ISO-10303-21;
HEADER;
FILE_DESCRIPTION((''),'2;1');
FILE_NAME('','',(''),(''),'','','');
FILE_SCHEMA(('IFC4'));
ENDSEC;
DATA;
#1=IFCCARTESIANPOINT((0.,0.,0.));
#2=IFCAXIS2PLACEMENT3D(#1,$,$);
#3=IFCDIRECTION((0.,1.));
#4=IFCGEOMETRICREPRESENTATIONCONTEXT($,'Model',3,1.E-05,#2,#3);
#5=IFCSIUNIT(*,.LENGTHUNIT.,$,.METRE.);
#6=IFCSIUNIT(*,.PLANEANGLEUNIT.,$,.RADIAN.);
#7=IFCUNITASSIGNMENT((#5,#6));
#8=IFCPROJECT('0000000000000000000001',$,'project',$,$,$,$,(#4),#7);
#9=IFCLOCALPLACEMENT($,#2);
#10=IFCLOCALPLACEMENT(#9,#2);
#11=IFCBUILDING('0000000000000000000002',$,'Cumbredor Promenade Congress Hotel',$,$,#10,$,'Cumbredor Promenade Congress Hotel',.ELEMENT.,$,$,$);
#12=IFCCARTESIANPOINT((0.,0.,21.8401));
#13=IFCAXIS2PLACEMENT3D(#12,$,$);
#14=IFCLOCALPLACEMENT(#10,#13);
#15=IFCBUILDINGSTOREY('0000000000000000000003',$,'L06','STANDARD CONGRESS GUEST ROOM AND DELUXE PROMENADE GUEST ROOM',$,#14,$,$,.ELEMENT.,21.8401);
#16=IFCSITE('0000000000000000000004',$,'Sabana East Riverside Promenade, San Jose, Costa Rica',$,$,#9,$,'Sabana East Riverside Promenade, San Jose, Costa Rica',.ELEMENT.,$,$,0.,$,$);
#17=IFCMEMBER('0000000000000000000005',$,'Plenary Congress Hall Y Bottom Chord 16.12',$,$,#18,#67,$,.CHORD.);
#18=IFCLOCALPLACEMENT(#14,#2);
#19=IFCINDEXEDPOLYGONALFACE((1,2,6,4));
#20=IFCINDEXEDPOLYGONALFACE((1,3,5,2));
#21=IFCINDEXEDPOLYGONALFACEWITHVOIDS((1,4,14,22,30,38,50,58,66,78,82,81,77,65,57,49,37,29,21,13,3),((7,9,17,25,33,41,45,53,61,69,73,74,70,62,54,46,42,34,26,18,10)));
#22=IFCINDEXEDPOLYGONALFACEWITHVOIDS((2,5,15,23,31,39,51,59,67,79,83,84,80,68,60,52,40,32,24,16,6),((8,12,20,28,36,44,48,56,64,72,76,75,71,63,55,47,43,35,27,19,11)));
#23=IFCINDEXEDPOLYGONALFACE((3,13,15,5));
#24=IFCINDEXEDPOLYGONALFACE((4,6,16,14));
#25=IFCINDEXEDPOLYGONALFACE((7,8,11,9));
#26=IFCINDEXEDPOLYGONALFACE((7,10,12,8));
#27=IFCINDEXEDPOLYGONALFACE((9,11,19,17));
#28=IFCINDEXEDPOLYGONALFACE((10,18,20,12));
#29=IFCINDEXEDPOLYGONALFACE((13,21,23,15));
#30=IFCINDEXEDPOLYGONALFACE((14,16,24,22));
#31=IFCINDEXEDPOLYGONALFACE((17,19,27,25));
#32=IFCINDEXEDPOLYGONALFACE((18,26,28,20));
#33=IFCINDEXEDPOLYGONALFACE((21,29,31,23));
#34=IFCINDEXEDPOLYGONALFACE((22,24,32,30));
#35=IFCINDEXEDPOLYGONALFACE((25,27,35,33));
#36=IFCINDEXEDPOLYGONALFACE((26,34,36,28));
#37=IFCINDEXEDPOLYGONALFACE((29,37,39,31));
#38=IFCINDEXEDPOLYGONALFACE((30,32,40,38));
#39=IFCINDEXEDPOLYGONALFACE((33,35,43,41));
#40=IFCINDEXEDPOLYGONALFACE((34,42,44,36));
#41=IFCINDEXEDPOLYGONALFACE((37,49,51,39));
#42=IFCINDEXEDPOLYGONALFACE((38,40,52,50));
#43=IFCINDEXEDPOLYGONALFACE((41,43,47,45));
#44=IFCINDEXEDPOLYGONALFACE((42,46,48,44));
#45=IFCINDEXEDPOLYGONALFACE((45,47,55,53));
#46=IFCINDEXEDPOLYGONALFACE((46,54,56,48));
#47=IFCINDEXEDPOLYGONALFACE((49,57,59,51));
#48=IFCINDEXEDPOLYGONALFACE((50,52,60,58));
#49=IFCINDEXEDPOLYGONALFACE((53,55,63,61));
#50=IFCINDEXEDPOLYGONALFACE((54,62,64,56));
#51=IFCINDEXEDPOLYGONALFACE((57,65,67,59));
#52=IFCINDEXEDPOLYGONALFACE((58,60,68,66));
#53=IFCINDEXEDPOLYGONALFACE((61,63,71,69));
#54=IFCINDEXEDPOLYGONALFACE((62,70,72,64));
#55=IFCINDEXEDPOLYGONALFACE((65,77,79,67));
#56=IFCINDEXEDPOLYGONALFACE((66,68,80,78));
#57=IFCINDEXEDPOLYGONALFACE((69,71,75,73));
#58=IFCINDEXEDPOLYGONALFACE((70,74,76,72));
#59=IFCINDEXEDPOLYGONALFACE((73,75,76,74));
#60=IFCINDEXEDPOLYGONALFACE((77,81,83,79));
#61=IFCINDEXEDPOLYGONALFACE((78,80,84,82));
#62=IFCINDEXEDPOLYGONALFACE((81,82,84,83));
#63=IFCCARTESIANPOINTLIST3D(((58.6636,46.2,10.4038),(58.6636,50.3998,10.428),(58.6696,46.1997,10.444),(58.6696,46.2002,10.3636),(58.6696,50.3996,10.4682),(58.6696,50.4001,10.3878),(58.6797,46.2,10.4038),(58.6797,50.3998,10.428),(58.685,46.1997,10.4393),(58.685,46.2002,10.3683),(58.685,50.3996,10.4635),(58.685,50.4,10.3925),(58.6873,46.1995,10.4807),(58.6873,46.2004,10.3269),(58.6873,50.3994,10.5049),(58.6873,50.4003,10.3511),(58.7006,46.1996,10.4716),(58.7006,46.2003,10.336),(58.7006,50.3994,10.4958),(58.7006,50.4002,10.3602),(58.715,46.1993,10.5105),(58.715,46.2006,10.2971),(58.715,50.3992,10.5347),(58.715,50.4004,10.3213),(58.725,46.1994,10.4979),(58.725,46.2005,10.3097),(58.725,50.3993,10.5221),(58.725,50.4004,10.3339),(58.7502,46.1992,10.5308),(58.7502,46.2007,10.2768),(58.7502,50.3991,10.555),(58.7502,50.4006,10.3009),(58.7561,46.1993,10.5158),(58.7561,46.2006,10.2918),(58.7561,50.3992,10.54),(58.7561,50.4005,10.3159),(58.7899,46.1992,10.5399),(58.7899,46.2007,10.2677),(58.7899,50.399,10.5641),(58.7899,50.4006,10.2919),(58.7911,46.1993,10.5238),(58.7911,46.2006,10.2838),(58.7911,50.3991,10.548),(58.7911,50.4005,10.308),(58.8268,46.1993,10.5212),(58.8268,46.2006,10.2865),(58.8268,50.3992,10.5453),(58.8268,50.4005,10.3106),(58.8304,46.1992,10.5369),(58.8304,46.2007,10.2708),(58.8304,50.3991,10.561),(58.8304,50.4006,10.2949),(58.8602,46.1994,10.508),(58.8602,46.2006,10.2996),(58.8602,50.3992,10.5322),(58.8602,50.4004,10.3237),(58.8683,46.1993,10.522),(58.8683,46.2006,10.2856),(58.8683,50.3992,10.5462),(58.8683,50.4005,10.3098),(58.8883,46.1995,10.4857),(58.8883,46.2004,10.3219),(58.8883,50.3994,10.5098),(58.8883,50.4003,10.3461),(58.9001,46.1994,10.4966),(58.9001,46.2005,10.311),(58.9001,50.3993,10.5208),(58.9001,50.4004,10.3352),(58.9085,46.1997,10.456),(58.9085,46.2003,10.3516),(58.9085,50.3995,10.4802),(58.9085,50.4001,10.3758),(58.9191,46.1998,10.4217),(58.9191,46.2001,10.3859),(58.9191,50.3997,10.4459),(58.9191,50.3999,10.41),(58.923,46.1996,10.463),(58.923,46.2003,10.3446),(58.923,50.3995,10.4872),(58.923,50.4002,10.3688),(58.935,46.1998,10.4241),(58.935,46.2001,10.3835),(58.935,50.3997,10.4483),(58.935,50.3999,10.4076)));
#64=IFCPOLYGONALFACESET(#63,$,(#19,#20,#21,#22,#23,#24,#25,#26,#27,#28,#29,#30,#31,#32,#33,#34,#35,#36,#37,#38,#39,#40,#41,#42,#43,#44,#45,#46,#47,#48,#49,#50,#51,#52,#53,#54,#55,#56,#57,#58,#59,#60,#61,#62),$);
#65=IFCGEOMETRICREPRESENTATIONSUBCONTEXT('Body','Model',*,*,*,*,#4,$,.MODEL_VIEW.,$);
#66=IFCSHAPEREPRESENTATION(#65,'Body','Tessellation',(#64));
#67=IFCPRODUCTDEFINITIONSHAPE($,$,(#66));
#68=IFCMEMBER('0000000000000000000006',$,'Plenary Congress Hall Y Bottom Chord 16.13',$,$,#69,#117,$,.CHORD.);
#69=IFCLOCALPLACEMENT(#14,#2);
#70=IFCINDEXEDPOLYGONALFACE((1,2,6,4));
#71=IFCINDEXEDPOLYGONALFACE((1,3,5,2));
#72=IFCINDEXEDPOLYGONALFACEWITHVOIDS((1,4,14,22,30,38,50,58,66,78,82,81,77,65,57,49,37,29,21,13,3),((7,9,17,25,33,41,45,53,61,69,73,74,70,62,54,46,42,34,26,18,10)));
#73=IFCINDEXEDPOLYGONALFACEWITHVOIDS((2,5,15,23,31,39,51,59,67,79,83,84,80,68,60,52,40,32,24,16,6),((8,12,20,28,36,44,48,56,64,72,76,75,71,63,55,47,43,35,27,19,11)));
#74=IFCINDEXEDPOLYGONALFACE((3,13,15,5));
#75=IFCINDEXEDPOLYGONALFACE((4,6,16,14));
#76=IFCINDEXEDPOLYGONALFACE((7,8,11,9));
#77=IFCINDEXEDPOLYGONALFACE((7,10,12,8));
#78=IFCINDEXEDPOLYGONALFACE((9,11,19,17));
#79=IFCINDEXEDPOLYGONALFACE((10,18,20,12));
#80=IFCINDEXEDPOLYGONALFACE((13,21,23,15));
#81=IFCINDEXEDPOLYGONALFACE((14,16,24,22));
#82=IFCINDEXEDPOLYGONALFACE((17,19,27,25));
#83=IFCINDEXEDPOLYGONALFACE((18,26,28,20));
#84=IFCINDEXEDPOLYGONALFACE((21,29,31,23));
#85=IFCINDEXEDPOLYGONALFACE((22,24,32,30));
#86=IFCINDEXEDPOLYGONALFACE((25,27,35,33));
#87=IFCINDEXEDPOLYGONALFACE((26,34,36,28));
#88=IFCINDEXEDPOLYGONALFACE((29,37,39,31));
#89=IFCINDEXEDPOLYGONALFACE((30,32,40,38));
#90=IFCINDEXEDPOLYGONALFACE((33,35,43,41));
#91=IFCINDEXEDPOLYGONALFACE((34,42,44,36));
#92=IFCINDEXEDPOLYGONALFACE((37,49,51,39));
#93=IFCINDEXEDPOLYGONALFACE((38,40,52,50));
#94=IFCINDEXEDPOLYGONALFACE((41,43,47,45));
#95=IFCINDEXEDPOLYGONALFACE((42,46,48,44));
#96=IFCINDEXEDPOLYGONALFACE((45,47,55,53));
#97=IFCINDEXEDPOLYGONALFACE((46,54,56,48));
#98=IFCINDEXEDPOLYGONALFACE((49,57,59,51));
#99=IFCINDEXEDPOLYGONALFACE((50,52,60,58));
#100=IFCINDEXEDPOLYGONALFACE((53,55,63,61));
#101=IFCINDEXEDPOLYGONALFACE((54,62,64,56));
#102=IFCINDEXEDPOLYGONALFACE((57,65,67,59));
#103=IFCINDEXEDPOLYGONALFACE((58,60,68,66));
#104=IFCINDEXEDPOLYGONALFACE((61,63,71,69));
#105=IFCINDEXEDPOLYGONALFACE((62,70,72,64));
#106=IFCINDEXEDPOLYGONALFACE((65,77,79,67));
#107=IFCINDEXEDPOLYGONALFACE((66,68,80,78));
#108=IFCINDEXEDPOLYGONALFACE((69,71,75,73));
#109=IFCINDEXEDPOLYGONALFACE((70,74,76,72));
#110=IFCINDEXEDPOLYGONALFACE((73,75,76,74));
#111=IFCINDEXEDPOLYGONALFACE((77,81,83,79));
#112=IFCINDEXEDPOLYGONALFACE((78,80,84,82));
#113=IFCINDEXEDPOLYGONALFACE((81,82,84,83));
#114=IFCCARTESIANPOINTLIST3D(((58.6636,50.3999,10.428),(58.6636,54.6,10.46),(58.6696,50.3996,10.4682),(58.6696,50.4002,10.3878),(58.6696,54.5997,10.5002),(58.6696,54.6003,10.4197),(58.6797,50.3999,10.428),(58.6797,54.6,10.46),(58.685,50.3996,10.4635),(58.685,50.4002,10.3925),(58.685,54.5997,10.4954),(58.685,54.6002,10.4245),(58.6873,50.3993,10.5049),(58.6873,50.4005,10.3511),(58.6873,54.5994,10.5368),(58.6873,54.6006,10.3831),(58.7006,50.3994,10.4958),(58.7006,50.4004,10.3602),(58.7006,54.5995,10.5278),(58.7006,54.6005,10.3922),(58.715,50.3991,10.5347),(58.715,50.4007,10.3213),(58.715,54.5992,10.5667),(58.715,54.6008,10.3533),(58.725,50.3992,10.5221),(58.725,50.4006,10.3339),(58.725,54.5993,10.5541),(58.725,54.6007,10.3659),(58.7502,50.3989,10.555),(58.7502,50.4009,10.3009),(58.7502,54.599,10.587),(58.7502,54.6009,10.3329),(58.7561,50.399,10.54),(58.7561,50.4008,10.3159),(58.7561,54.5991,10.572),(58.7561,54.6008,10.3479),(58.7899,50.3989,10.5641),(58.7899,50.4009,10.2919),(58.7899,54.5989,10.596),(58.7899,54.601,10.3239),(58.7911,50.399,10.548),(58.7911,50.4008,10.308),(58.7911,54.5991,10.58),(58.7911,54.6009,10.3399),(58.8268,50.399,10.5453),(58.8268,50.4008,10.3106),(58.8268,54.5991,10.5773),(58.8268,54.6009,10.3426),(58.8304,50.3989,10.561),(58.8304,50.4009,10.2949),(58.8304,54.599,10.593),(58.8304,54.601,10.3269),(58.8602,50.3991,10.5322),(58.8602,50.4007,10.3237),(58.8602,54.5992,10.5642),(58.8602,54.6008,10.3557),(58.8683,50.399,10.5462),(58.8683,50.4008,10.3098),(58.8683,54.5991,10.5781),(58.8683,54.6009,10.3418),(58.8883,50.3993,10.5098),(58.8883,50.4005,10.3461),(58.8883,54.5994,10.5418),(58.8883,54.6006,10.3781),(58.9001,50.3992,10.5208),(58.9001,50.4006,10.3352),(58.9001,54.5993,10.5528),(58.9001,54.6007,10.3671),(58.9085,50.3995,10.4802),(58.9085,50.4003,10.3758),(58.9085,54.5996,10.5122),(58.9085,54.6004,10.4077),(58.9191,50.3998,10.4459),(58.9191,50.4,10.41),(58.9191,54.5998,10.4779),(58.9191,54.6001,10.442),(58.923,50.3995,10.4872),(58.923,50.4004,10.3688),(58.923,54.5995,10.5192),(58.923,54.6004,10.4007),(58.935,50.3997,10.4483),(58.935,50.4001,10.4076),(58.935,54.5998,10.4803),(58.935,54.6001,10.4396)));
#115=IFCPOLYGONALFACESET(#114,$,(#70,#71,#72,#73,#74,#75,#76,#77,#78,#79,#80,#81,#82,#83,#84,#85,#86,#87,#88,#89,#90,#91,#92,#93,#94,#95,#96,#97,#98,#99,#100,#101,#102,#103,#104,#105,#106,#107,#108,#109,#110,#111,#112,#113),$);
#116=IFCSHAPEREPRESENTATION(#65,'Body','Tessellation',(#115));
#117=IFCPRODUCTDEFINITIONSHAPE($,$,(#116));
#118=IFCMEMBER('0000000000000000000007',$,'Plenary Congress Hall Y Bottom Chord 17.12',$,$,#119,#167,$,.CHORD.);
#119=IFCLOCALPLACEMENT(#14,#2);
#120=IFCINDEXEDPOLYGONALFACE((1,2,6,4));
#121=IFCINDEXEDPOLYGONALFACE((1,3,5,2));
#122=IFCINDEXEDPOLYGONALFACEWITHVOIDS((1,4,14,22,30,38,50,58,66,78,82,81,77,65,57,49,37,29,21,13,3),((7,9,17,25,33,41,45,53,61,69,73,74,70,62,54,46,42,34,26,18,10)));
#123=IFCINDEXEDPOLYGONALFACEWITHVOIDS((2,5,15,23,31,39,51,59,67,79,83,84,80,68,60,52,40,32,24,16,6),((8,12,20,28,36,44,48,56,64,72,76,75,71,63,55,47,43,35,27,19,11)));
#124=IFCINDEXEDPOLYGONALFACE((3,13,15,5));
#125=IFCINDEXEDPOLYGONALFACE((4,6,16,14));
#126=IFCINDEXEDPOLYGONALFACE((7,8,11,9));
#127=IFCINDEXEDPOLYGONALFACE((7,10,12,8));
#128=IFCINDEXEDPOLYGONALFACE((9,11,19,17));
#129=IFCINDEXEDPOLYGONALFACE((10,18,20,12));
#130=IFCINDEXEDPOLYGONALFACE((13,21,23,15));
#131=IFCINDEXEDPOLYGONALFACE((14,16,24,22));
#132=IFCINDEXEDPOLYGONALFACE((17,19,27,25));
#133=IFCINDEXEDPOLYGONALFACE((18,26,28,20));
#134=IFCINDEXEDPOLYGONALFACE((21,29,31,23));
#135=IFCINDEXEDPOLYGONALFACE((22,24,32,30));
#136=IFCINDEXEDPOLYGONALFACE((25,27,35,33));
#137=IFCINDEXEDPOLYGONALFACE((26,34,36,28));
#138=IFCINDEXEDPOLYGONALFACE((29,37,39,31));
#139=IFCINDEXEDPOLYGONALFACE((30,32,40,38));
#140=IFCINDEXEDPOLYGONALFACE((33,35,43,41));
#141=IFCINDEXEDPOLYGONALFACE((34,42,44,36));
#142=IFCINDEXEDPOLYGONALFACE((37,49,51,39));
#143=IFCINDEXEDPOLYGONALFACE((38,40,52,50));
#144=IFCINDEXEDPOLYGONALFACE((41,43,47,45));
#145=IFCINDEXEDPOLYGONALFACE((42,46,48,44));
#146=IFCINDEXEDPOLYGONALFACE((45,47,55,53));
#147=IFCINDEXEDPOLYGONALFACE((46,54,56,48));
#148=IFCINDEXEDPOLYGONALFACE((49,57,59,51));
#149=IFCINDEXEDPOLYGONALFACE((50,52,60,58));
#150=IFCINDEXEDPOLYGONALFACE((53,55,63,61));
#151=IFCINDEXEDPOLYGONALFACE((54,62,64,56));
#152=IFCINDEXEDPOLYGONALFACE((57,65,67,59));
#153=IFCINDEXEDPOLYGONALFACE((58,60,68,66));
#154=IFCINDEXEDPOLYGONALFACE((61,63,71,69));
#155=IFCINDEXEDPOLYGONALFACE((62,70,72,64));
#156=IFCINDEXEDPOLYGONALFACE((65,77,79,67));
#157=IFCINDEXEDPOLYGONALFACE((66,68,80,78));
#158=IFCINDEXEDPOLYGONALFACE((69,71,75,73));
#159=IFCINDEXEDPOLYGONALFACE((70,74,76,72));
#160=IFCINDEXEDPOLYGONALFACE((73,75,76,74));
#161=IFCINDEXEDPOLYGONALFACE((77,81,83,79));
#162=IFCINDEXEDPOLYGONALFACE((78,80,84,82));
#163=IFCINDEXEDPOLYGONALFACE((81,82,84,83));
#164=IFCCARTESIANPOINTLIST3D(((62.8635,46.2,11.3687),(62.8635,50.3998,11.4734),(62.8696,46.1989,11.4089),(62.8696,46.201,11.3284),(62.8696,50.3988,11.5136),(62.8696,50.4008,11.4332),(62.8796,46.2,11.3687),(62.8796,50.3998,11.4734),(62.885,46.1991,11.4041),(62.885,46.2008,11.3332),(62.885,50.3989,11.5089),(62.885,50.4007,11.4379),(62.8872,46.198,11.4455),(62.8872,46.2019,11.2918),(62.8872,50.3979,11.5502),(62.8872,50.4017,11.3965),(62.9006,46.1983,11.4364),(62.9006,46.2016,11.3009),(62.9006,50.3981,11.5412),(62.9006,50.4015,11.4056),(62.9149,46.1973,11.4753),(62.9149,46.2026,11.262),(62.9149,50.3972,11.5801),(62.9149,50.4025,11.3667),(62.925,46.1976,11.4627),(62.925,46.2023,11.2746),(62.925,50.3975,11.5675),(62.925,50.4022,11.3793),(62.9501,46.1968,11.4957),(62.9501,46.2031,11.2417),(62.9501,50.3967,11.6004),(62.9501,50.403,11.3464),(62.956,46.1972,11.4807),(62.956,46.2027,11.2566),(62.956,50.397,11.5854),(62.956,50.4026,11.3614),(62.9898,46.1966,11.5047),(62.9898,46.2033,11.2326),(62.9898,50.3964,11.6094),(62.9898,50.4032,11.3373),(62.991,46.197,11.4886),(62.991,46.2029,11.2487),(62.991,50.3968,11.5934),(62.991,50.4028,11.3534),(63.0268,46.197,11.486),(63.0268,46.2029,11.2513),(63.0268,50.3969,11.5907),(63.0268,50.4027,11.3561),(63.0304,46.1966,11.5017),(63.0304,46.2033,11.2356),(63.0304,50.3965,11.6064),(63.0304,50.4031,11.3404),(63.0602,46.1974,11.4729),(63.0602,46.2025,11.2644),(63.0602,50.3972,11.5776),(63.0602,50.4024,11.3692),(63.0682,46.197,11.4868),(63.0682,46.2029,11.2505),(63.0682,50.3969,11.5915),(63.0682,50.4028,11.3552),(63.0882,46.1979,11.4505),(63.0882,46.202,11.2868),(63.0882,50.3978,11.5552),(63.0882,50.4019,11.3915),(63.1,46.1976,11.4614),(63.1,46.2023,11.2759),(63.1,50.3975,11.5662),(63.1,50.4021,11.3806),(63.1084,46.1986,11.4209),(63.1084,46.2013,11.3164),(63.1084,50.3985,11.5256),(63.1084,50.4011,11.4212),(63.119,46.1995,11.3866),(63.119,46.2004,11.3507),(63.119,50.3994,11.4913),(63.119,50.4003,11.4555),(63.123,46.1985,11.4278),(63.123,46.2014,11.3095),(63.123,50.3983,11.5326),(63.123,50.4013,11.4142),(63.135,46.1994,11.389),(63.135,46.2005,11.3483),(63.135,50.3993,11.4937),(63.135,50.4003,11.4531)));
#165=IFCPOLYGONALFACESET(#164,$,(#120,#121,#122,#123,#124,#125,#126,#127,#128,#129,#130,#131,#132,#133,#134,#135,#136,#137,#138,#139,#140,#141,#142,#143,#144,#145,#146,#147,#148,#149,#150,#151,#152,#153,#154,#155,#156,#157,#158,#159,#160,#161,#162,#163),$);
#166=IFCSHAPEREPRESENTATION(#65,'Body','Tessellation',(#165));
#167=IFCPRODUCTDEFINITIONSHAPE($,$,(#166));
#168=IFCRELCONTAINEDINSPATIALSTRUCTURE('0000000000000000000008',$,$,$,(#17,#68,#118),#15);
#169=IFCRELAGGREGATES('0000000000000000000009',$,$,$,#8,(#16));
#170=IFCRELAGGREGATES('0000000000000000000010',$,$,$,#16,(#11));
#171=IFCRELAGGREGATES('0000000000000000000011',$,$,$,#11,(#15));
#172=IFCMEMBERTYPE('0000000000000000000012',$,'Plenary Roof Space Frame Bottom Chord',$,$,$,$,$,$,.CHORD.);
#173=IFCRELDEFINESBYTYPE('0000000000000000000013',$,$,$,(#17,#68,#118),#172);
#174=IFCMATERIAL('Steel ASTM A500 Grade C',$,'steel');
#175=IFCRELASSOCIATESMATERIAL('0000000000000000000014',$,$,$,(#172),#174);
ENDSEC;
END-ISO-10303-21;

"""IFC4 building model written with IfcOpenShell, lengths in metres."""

from ifc_helpers import new_model, si_unit, direction, frame, origin, origin_2d, place, context, subcontext, project, spatial, hollow_circle, extrude, material, material_profile, profile_set, type_object, element, save


model = new_model("IFC4")

# Units and contexts
model_context = context("Model", 3, precision=1e-05, world=origin(), true_north=direction((0.0, 1.0)))
body_context = subcontext(model_context, "Body", "Model", "MODEL_VIEW")
ifc_project = project(units=[si_unit("LENGTHUNIT", "METRE"), si_unit("PLANEANGLEUNIT", "RADIAN")], contexts=[model_context])

# Site, building, storey
site_placement = place(None, origin())
site = spatial("IfcSite", under=ifc_project, at=site_placement, Name="Sabana East Riverside Promenade, San Jose, Costa Rica", LongName="Sabana East Riverside Promenade, San Jose, Costa Rica", CompositionType="ELEMENT", RefElevation=0.0)
building_placement = place(site_placement, origin())
building = spatial("IfcBuilding", under=site, at=building_placement, Name="Cumbredor Promenade Congress Hotel", LongName="Cumbredor Promenade Congress Hotel", CompositionType="ELEMENT")
storey_placement = place(building_placement, frame((0.0, 0.0, 21.8401)))
storey = spatial("IfcBuildingStorey", under=building, at=storey_placement, Name="L06", Description="STANDARD CONGRESS GUEST ROOM AND DELUXE PROMENADE GUEST ROOM", CompositionType="ELEMENT", Elevation=21.8401)

# Members
ifc_material_1 = material(Name="Steel ASTM A500 Grade C", Category="steel")
ifc_material_profile_1 = material_profile(ifc_material_1, hollow_circle(Radius=0.1365, WallThickness=0.0161, at=origin_2d()), Name="CHS 273.0x16")
ifc_profile_set_1 = profile_set([ifc_material_profile_1], Name="Steel ASTM A500 Grade C")
member_type_1 = type_object("IfcMemberType", Name="Plenary Roof Space Frame Bottom Chord", PredefinedType="CHORD", material=ifc_profile_set_1)
member_1_placement = place(storey_placement, frame((58.8, 46.2, 10.4038), z_axis=(0.0, 0.999983, 0.005755), x_axis=(-1.0, 0.0, 0.0)))
element("IfcMember", 1, at=member_1_placement, inside=storey, type_object=member_type_1, Name="Plenary Congress Hall Y Bottom Chord 16.12", PredefinedType="CHORD", context=body_context, shape_type="SweptSolid", body=[
    extrude(hollow_circle(Radius=0.1365, WallThickness=0.0161, at=origin_2d()), origin(), (0.0, 0.0, 1.0), 4.2),
])
member_2_placement = place(storey_placement, frame((58.8, 50.3999, 10.428), z_axis=(0.0, 0.999971, 0.007614), x_axis=(-1.0, 0.0, 0.0)))
element("IfcMember", 2, at=member_2_placement, inside=storey, type_object=member_type_1, Name="Plenary Congress Hall Y Bottom Chord 16.13", PredefinedType="CHORD", context=body_context, shape_type="SweptSolid", body=[
    extrude(hollow_circle(Radius=0.1365, WallThickness=0.0161, at=origin_2d()), origin(), (0.0, 0.0, 1.0), 4.2002),
])
member_3_placement = place(storey_placement, frame((63.0, 46.2, 11.3687), z_axis=(0.0, 0.999689, 0.02493), x_axis=(-1.0, 0.0, 0.0)))
element("IfcMember", 3, at=member_3_placement, inside=storey, type_object=member_type_1, Name="Plenary Congress Hall Y Bottom Chord 17.12", PredefinedType="CHORD", context=body_context, shape_type="SweptSolid", body=[
    extrude(hollow_circle(Radius=0.1365, WallThickness=0.0161, at=origin_2d()), origin(), (0.0, 0.0, 1.0), 4.2012),
])

save(model, "model.ifc")
